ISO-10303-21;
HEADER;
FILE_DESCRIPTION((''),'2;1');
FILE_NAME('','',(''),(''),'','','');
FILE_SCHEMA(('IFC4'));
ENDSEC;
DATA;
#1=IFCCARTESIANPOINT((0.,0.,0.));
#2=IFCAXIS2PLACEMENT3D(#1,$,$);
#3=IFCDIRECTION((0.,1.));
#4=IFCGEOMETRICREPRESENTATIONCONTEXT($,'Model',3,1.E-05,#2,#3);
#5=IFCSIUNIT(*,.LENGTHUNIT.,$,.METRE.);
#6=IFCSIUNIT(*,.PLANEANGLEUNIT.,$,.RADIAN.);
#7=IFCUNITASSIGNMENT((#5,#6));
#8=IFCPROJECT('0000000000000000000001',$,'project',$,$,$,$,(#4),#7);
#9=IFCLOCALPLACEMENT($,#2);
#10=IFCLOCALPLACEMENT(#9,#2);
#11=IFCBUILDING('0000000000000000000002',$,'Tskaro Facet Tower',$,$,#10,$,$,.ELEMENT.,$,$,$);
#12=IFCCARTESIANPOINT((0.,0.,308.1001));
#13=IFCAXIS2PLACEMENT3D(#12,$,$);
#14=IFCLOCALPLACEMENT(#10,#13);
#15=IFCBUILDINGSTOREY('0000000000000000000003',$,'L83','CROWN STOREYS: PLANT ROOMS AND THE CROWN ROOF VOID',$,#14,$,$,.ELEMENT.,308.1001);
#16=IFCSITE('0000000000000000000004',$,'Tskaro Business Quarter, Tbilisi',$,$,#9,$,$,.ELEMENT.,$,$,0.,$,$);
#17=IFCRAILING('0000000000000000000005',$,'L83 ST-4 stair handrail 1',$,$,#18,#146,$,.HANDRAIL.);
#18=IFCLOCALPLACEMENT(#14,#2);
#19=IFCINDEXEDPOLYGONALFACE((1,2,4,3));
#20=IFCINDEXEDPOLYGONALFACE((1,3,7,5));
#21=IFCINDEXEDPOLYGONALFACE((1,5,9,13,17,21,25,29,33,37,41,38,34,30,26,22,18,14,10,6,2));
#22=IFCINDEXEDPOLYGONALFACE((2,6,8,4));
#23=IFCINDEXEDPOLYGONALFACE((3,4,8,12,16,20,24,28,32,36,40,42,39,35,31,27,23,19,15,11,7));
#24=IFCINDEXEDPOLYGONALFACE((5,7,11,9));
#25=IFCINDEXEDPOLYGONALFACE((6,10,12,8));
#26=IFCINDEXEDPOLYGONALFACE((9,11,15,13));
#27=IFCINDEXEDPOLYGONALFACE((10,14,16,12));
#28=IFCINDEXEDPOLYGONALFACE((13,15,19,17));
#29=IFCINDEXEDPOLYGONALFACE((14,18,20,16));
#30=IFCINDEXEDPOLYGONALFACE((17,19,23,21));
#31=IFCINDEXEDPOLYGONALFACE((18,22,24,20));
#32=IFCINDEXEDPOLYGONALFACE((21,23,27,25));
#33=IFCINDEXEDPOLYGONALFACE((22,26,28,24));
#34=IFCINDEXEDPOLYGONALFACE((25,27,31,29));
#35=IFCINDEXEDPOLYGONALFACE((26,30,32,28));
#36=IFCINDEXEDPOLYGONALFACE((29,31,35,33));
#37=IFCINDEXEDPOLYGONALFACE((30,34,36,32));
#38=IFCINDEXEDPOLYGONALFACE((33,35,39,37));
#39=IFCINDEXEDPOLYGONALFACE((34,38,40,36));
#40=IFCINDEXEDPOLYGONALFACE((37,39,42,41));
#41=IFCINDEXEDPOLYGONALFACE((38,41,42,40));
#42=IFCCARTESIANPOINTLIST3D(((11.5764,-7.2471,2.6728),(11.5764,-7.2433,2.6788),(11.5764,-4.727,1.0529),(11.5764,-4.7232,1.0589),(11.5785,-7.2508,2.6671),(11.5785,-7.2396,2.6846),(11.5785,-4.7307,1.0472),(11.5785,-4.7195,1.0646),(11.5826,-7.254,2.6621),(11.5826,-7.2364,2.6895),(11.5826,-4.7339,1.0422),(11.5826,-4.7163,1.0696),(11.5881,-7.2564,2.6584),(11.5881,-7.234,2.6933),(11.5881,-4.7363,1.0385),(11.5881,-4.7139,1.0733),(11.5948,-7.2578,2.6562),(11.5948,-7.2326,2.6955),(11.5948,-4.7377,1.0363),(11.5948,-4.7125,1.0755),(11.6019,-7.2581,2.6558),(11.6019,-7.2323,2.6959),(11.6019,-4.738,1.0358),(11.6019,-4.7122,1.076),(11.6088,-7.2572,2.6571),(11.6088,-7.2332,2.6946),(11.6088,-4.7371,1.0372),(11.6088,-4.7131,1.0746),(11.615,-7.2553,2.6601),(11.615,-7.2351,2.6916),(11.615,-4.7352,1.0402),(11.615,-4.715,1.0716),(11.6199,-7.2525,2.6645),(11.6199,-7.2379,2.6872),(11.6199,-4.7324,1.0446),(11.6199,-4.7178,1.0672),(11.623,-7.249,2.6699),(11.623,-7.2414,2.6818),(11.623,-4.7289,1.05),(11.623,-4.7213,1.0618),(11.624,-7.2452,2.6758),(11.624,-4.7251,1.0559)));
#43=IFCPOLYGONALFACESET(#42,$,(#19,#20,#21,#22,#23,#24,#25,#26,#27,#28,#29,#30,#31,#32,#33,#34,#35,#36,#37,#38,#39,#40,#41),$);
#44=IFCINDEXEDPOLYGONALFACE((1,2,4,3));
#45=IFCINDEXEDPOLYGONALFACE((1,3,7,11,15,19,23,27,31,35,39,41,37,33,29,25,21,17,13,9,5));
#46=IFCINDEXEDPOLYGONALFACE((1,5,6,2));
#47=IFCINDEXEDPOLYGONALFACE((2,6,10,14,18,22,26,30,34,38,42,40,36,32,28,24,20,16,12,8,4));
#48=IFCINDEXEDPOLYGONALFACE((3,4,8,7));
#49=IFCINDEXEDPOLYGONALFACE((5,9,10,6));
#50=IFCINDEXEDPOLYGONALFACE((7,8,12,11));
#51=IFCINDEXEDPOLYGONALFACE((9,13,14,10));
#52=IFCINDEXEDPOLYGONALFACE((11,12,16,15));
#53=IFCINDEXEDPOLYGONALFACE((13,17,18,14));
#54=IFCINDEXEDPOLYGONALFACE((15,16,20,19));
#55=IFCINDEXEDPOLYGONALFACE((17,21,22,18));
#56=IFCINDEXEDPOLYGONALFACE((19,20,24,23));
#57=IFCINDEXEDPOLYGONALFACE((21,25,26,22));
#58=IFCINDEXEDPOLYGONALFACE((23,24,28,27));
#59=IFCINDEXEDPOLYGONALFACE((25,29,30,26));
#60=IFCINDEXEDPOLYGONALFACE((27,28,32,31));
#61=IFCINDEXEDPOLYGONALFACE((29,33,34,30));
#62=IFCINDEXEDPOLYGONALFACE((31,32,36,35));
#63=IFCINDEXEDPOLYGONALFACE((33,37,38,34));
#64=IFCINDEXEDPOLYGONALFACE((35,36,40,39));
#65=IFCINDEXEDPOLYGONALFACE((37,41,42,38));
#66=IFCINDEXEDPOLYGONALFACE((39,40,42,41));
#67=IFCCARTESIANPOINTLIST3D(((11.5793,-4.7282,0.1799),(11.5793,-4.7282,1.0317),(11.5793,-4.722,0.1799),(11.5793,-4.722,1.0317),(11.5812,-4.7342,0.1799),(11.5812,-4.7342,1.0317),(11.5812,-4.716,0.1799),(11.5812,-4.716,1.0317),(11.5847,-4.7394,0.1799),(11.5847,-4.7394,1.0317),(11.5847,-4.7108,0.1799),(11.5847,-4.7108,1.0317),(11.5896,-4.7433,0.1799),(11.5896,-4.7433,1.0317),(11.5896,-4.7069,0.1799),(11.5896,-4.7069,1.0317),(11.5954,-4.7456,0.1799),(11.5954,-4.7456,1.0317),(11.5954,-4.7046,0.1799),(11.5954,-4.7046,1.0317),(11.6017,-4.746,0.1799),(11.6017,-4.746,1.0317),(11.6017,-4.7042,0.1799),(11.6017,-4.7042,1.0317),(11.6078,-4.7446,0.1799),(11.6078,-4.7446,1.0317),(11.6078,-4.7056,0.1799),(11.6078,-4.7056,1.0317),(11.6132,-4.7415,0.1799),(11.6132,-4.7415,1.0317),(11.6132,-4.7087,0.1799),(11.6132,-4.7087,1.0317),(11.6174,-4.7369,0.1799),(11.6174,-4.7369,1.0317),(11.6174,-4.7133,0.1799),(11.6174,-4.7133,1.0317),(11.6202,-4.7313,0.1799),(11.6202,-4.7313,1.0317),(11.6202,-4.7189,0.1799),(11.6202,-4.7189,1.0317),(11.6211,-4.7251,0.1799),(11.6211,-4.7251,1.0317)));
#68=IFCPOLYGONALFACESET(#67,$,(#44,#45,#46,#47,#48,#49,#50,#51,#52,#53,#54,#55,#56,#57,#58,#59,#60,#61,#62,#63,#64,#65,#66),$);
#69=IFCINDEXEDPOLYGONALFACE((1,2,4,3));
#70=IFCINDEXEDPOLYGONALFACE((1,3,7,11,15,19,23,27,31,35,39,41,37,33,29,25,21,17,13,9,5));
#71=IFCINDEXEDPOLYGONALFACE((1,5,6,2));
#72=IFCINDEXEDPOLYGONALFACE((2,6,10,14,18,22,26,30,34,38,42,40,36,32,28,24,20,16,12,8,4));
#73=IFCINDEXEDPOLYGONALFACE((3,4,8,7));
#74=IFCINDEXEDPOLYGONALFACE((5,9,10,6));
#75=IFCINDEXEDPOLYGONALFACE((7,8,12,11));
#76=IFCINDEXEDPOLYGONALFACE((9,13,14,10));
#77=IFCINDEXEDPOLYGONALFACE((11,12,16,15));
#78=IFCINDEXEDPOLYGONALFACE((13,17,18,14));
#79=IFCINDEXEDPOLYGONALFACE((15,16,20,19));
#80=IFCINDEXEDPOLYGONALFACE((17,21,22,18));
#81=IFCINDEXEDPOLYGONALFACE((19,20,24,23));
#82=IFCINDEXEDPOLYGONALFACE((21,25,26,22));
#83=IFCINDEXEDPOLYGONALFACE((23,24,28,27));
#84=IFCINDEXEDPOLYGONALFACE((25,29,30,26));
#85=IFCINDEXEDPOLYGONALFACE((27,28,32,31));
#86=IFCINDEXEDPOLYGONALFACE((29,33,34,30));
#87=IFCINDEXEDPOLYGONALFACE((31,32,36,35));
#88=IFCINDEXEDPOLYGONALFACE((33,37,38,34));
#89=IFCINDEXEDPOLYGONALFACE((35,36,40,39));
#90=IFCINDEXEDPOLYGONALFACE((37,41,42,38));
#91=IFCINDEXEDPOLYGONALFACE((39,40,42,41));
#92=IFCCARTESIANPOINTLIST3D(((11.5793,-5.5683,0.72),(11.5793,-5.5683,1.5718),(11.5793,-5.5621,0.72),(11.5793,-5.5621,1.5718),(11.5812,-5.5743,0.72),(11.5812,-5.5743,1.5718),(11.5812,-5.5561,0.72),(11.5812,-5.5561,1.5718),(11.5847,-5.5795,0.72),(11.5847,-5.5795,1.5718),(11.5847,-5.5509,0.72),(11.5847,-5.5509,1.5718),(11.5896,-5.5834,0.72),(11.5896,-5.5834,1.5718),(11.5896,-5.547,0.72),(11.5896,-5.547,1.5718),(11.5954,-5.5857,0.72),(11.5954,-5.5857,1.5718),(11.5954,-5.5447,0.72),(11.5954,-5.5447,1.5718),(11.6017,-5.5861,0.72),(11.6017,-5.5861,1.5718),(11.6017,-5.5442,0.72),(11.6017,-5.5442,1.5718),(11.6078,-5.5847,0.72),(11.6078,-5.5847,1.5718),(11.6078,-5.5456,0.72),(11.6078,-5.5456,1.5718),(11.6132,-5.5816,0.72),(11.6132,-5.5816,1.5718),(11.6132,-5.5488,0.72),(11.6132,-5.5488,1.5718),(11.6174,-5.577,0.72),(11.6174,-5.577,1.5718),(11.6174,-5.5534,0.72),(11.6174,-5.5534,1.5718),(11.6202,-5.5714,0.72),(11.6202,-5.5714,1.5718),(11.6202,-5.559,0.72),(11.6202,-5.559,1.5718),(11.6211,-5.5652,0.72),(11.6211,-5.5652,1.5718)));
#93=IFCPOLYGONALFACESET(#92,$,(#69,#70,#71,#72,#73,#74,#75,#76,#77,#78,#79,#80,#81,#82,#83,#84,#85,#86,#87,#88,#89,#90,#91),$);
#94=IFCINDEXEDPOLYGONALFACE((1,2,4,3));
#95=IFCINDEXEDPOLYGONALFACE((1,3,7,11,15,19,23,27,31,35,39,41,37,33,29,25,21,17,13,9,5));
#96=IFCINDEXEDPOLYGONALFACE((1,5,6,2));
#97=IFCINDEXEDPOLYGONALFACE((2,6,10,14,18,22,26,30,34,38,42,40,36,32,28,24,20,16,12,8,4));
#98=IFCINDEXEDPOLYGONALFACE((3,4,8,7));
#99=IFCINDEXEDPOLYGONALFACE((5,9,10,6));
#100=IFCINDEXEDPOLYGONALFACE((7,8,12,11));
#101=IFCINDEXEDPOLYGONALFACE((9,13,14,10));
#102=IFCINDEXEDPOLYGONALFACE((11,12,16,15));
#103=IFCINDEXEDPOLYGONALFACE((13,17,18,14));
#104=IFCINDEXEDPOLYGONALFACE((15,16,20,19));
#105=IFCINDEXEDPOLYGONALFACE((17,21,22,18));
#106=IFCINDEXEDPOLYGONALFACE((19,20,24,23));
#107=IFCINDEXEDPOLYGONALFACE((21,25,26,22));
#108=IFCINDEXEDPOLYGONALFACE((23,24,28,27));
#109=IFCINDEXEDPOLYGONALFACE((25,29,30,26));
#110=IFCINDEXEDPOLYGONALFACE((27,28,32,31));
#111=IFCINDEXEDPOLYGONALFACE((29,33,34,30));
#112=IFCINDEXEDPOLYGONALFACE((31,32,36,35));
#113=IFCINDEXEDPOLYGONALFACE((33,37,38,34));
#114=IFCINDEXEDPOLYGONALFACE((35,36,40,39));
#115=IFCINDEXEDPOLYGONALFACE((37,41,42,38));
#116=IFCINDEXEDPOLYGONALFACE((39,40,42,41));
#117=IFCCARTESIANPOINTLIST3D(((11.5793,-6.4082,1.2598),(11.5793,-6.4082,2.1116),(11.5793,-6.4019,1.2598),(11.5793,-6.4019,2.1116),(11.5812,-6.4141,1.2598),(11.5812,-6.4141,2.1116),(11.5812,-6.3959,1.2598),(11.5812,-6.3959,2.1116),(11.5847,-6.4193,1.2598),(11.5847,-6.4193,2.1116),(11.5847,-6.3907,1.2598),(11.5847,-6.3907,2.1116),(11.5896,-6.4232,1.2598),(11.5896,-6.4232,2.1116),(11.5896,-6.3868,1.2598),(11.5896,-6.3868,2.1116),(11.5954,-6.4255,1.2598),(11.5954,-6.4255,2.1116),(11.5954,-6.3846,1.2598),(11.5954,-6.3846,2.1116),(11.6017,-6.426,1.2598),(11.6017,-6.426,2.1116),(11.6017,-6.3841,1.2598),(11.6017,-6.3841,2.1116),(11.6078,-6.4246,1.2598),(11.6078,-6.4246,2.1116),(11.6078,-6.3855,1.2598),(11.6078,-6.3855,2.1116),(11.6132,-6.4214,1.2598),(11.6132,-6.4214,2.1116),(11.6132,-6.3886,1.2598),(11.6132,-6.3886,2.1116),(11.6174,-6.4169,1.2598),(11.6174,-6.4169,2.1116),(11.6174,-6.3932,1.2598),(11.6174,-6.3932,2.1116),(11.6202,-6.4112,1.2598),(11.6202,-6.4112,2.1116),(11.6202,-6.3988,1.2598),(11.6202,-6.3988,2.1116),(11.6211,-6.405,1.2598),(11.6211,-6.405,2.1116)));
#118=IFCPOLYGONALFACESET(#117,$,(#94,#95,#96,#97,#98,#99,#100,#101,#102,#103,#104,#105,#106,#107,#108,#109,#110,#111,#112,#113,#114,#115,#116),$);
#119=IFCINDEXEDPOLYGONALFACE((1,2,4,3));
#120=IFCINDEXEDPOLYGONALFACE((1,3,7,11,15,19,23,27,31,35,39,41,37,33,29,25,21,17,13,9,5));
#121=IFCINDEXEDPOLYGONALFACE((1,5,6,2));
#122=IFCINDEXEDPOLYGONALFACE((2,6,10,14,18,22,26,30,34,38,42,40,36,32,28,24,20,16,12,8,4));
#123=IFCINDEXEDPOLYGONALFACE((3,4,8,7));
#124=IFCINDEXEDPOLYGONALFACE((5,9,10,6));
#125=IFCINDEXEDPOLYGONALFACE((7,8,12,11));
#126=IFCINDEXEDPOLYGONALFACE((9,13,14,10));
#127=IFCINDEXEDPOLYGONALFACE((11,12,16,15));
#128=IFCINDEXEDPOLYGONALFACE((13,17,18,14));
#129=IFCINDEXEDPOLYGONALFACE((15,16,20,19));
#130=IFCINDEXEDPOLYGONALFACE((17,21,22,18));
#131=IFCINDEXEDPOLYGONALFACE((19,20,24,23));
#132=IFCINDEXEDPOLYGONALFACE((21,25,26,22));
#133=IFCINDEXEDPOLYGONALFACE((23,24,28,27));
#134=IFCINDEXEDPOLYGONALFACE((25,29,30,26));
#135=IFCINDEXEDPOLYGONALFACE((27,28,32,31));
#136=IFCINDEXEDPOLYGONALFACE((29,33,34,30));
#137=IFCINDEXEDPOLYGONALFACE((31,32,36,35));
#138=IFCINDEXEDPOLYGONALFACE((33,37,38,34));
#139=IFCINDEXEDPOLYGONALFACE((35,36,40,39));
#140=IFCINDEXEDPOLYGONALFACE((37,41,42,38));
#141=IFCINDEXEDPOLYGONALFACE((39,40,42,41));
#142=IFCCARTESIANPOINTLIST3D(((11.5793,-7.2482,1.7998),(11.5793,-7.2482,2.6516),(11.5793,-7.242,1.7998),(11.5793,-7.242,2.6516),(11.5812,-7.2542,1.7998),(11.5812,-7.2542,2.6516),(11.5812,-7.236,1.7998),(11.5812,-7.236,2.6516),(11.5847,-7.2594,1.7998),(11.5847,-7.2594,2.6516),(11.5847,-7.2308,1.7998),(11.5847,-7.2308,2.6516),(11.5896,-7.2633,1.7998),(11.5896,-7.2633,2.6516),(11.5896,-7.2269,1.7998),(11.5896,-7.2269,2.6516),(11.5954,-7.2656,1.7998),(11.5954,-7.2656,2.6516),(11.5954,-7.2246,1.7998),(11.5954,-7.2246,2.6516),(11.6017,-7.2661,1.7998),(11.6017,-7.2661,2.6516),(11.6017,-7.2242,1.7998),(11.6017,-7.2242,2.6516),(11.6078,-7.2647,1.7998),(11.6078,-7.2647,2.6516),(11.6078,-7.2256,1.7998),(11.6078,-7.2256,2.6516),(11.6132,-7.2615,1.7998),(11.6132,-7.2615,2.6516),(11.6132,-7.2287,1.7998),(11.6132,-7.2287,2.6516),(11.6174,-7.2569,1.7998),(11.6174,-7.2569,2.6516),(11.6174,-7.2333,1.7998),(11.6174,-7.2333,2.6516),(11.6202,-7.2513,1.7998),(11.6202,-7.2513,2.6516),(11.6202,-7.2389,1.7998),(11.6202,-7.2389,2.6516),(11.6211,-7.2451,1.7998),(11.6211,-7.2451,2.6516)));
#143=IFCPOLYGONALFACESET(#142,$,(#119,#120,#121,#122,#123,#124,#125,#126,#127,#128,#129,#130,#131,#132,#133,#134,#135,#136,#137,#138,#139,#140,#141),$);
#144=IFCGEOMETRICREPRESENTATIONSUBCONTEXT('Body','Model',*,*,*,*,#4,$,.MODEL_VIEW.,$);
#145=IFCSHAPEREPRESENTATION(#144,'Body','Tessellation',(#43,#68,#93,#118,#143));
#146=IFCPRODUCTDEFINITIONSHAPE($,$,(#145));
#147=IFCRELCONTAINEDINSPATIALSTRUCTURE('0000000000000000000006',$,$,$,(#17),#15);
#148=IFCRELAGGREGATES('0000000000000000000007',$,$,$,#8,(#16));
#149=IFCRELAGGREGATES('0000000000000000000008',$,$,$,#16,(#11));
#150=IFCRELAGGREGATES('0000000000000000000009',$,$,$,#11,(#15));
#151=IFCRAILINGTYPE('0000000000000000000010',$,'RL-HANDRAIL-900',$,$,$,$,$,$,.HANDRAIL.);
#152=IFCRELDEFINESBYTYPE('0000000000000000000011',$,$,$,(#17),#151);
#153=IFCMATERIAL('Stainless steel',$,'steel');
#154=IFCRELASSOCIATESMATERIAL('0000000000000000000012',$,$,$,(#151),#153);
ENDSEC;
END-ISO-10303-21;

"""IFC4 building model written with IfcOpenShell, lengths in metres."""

from ifc_helpers import new_model, si_unit, direction, frame, origin, origin_2d, place, context, subcontext, project, spatial, circle, extrude, material, type_object, element, save


model = new_model("IFC4")

# Units and contexts
model_context = context("Model", 3, precision=1e-05, world=origin(), true_north=direction((0.0, 1.0)))
body_context = subcontext(model_context, "Body", "Model", "MODEL_VIEW")
ifc_project = project(units=[si_unit("LENGTHUNIT", "METRE"), si_unit("PLANEANGLEUNIT", "RADIAN")], contexts=[model_context])

# Site, building, storey
site_placement = place(None, origin())
site = spatial("IfcSite", under=ifc_project, at=site_placement, Name="Tskaro Business Quarter, Tbilisi", CompositionType="ELEMENT", RefElevation=0.0)
building_placement = place(site_placement, origin())
building = spatial("IfcBuilding", under=site, at=building_placement, Name="Tskaro Facet Tower", CompositionType="ELEMENT")
storey_placement = place(building_placement, frame((0.0, 0.0, 308.1001)))
storey = spatial("IfcBuildingStorey", under=building, at=storey_placement, Name="L83", Description="CROWN STOREYS: PLANT ROOMS AND THE CROWN ROOF VOID", CompositionType="ELEMENT", Elevation=308.1001)

# Railing
ifc_material_1 = material(Name="Stainless steel", Category="steel")
railing_type_1 = type_object("IfcRailingType", Name="RL-HANDRAIL-900", PredefinedType="HANDRAIL", material=ifc_material_1)
railing_1_placement = place(storey_placement, frame((11.6001, -4.7251, 0.1799)))
element("IfcRailing", 1, at=railing_1_placement, inside=storey, type_object=railing_type_1, Name="L83 ST-4 stair handrail 1", PredefinedType="HANDRAIL", context=body_context, shape_type="SweptSolid", body=[
    extrude(circle(Radius=0.0239, at=origin_2d()), frame((0.0, 0.0, 0.876), z_axis=(0.0, -0.8412, 0.540725), x_axis=(1.0, 0.0, 0.0)), (0.0, 0.0, 1.0), 2.9958),
    extrude(circle(Radius=0.021, at=origin_2d()), origin(), (0.0, 0.0, 1.0), 0.8518),
    extrude(circle(Radius=0.021, at=origin_2d()), frame((0.0, -0.8401, 0.54)), (0.0, 0.0, 1.0), 0.8518),
    extrude(circle(Radius=0.021, at=origin_2d()), frame((0.0, -1.6799, 1.0798)), (0.0, 0.0, 1.0), 0.8518),
    extrude(circle(Radius=0.021, at=origin_2d()), frame((0.0, -2.52, 1.6199)), (0.0, 0.0, 1.0), 0.8518),
])

save(model, "model.ifc")
